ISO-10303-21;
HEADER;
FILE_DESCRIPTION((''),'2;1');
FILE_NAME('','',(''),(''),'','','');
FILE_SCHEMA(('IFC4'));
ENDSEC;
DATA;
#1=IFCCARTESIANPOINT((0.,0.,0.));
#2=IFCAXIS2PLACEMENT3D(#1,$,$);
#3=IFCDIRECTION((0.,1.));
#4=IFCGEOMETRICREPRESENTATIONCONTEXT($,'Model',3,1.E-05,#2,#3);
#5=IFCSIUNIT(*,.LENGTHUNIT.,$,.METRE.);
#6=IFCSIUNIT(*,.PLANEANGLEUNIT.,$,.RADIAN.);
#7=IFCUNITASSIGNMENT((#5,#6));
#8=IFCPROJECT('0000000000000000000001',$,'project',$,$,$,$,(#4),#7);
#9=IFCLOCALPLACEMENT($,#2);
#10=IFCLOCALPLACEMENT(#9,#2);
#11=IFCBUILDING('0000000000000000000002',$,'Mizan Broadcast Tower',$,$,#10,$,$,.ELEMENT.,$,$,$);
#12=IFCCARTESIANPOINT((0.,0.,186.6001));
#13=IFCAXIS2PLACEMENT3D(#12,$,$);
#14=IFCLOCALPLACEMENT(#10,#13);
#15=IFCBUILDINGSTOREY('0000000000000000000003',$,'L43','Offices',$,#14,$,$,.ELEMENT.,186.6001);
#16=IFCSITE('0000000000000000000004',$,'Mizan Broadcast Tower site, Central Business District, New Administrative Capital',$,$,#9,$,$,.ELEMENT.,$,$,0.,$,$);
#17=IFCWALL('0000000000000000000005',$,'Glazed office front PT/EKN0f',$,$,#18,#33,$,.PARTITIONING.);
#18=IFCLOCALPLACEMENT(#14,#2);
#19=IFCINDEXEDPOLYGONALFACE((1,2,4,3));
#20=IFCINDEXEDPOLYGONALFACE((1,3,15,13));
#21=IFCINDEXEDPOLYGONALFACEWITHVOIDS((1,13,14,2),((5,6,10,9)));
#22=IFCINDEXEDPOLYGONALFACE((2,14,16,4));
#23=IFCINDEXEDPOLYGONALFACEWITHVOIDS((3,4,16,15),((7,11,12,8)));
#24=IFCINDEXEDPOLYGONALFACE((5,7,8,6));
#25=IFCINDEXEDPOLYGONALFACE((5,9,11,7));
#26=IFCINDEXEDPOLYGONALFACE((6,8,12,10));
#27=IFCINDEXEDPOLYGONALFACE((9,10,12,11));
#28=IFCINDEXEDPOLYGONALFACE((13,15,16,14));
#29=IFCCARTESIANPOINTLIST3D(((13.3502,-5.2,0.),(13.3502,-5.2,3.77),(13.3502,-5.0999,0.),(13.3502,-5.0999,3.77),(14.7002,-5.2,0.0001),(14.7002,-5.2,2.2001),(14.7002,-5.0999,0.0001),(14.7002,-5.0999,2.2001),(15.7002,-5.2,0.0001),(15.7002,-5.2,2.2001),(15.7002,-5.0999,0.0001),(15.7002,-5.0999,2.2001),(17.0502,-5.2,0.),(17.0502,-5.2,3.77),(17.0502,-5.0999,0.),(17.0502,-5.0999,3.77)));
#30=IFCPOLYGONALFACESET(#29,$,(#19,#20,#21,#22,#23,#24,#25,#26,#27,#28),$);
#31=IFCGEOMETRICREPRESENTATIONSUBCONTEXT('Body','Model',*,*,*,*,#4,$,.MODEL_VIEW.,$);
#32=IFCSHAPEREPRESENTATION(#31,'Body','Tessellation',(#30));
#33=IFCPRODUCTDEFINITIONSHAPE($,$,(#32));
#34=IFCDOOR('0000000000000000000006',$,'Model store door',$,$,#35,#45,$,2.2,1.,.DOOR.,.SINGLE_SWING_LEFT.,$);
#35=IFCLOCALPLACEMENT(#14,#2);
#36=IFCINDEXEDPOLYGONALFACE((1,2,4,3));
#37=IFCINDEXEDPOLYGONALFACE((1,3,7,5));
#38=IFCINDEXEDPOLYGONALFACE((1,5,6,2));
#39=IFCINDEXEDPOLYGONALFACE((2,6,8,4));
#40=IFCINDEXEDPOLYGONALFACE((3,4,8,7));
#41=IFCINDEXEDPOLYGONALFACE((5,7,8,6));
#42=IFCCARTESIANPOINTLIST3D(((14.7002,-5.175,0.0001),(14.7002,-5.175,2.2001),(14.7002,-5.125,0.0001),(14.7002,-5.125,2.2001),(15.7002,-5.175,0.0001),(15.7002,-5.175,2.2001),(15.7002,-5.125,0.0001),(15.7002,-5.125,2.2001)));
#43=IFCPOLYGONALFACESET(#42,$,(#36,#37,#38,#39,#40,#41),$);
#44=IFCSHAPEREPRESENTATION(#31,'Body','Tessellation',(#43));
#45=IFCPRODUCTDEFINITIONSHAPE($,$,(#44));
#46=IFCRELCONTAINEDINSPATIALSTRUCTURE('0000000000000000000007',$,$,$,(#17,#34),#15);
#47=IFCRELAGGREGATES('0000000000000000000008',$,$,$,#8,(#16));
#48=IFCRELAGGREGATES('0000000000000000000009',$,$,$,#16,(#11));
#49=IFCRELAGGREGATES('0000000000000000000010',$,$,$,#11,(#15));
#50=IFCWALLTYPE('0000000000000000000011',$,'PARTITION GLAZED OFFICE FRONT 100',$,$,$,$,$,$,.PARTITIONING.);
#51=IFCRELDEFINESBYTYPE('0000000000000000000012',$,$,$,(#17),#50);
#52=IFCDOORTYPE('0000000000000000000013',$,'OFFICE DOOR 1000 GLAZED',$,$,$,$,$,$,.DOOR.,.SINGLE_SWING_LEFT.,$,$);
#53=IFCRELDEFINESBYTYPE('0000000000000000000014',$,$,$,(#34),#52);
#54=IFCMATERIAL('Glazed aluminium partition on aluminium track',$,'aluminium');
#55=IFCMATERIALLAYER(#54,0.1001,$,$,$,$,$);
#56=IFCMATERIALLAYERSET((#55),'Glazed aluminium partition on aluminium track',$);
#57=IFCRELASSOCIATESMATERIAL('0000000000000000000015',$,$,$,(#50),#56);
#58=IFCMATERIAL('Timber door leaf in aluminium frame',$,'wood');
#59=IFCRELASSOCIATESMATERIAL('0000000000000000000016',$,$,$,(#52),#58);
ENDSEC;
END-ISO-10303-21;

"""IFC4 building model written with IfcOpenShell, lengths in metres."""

from ifc_helpers import new_model, si_unit, direction, frame, frame_2d, origin, place, context, subcontext, project, spatial, rectangle, extrude, material, layer, layer_set, type_object, element, fill, save


model = new_model("IFC4")

# Units and contexts
model_context = context("Model", 3, precision=1e-05, world=origin(), true_north=direction((0.0, 1.0)))
body_context = subcontext(model_context, "Body", "Model", "MODEL_VIEW")
ifc_project = project(units=[si_unit("LENGTHUNIT", "METRE"), si_unit("PLANEANGLEUNIT", "RADIAN")], contexts=[model_context])

# Site, building, storey
site_placement = place(None, origin())
site = spatial("IfcSite", under=ifc_project, at=site_placement, Name="Mizan Broadcast Tower site, Central Business District, New Administrative Capital", CompositionType="ELEMENT", RefElevation=0.0)
building_placement = place(site_placement, origin())
building = spatial("IfcBuilding", under=site, at=building_placement, Name="Mizan Broadcast Tower", CompositionType="ELEMENT")
storey_placement = place(building_placement, frame((0.0, 0.0, 186.6001)))
storey = spatial("IfcBuildingStorey", under=building, at=storey_placement, Name="L43", Description="Offices", CompositionType="ELEMENT", Elevation=186.6001)

# Shared definitions
ifc_material_1 = material(Name="Glazed aluminium partition on aluminium track", Category="aluminium")
ifc_layer_1 = layer(ifc_material_1, 0.1001)
ifc_layer_set_1 = layer_set([ifc_layer_1], Name="Glazed aluminium partition on aluminium track")
wall_type_1 = type_object("IfcWallType", Name="PARTITION GLAZED OFFICE FRONT 100", PredefinedType="PARTITIONING", material=ifc_layer_set_1)

# Wall, opening, door
wall_1_placement = place(storey_placement, frame((13.3501, -5.1499, 0.0), z_axis=(0.0, 0.0, 1.0), x_axis=(1.0, 0.0, 0.0)))
wall_1 = element("IfcWall", 1, at=wall_1_placement, inside=storey, type_object=wall_type_1, Name="Glazed office front PT/EKN0f", PredefinedType="PARTITIONING", context=body_context, shape_type="SweptSolid", body=[
    extrude(rectangle(XDim=3.7, YDim=0.1001, at=frame_2d((1.8501, 0.0))), origin(), (0.0, 0.0, 1.0), 3.77),
])
opening_1_placement = place(wall_1_placement, frame((1.3501, 0.0, 0.0)))
opening_1 = element("IfcOpeningElement", 2, at=opening_1_placement, cuts=wall_1, PredefinedType="OPENING", context=body_context, shape_type="SweptSolid", body=[
    extrude(rectangle(XDim=1.0, YDim=2.2, at=frame_2d((0.5, 1.1001))), frame((0.0, 0.0601, 0.0), z_axis=(0.0, -1.0, 0.0), x_axis=(1.0, 0.0, 0.0)), (0.0, 0.0, 1.0), 0.1201),
])
ifc_material_2 = material(Name="Timber door leaf in aluminium frame", Category="wood")
door_type_1 = type_object("IfcDoorType", Name="OFFICE DOOR 1000 GLAZED", OperationType="SINGLE_SWING_LEFT", PredefinedType="DOOR", material=ifc_material_2)
door_1_placement = place(opening_1_placement, origin())
door_1 = element("IfcDoor", 3, at=door_1_placement, inside=storey, type_object=door_type_1, Name="Model store door", OperationType="SINGLE_SWING_LEFT", OverallHeight=2.2, OverallWidth=1.0, PredefinedType="DOOR", context=body_context, shape_type="SweptSolid", body=[
    extrude(rectangle(XDim=1.0, YDim=2.2, at=frame_2d((0.5, 1.1001))), frame((0.0, 0.0249, 0.0), z_axis=(0.0, -1.0, 0.0), x_axis=(1.0, 0.0, 0.0)), (0.0, 0.0, 1.0), 0.05),
])
fill(opening_1, door_1)

save(model, "model.ifc")
